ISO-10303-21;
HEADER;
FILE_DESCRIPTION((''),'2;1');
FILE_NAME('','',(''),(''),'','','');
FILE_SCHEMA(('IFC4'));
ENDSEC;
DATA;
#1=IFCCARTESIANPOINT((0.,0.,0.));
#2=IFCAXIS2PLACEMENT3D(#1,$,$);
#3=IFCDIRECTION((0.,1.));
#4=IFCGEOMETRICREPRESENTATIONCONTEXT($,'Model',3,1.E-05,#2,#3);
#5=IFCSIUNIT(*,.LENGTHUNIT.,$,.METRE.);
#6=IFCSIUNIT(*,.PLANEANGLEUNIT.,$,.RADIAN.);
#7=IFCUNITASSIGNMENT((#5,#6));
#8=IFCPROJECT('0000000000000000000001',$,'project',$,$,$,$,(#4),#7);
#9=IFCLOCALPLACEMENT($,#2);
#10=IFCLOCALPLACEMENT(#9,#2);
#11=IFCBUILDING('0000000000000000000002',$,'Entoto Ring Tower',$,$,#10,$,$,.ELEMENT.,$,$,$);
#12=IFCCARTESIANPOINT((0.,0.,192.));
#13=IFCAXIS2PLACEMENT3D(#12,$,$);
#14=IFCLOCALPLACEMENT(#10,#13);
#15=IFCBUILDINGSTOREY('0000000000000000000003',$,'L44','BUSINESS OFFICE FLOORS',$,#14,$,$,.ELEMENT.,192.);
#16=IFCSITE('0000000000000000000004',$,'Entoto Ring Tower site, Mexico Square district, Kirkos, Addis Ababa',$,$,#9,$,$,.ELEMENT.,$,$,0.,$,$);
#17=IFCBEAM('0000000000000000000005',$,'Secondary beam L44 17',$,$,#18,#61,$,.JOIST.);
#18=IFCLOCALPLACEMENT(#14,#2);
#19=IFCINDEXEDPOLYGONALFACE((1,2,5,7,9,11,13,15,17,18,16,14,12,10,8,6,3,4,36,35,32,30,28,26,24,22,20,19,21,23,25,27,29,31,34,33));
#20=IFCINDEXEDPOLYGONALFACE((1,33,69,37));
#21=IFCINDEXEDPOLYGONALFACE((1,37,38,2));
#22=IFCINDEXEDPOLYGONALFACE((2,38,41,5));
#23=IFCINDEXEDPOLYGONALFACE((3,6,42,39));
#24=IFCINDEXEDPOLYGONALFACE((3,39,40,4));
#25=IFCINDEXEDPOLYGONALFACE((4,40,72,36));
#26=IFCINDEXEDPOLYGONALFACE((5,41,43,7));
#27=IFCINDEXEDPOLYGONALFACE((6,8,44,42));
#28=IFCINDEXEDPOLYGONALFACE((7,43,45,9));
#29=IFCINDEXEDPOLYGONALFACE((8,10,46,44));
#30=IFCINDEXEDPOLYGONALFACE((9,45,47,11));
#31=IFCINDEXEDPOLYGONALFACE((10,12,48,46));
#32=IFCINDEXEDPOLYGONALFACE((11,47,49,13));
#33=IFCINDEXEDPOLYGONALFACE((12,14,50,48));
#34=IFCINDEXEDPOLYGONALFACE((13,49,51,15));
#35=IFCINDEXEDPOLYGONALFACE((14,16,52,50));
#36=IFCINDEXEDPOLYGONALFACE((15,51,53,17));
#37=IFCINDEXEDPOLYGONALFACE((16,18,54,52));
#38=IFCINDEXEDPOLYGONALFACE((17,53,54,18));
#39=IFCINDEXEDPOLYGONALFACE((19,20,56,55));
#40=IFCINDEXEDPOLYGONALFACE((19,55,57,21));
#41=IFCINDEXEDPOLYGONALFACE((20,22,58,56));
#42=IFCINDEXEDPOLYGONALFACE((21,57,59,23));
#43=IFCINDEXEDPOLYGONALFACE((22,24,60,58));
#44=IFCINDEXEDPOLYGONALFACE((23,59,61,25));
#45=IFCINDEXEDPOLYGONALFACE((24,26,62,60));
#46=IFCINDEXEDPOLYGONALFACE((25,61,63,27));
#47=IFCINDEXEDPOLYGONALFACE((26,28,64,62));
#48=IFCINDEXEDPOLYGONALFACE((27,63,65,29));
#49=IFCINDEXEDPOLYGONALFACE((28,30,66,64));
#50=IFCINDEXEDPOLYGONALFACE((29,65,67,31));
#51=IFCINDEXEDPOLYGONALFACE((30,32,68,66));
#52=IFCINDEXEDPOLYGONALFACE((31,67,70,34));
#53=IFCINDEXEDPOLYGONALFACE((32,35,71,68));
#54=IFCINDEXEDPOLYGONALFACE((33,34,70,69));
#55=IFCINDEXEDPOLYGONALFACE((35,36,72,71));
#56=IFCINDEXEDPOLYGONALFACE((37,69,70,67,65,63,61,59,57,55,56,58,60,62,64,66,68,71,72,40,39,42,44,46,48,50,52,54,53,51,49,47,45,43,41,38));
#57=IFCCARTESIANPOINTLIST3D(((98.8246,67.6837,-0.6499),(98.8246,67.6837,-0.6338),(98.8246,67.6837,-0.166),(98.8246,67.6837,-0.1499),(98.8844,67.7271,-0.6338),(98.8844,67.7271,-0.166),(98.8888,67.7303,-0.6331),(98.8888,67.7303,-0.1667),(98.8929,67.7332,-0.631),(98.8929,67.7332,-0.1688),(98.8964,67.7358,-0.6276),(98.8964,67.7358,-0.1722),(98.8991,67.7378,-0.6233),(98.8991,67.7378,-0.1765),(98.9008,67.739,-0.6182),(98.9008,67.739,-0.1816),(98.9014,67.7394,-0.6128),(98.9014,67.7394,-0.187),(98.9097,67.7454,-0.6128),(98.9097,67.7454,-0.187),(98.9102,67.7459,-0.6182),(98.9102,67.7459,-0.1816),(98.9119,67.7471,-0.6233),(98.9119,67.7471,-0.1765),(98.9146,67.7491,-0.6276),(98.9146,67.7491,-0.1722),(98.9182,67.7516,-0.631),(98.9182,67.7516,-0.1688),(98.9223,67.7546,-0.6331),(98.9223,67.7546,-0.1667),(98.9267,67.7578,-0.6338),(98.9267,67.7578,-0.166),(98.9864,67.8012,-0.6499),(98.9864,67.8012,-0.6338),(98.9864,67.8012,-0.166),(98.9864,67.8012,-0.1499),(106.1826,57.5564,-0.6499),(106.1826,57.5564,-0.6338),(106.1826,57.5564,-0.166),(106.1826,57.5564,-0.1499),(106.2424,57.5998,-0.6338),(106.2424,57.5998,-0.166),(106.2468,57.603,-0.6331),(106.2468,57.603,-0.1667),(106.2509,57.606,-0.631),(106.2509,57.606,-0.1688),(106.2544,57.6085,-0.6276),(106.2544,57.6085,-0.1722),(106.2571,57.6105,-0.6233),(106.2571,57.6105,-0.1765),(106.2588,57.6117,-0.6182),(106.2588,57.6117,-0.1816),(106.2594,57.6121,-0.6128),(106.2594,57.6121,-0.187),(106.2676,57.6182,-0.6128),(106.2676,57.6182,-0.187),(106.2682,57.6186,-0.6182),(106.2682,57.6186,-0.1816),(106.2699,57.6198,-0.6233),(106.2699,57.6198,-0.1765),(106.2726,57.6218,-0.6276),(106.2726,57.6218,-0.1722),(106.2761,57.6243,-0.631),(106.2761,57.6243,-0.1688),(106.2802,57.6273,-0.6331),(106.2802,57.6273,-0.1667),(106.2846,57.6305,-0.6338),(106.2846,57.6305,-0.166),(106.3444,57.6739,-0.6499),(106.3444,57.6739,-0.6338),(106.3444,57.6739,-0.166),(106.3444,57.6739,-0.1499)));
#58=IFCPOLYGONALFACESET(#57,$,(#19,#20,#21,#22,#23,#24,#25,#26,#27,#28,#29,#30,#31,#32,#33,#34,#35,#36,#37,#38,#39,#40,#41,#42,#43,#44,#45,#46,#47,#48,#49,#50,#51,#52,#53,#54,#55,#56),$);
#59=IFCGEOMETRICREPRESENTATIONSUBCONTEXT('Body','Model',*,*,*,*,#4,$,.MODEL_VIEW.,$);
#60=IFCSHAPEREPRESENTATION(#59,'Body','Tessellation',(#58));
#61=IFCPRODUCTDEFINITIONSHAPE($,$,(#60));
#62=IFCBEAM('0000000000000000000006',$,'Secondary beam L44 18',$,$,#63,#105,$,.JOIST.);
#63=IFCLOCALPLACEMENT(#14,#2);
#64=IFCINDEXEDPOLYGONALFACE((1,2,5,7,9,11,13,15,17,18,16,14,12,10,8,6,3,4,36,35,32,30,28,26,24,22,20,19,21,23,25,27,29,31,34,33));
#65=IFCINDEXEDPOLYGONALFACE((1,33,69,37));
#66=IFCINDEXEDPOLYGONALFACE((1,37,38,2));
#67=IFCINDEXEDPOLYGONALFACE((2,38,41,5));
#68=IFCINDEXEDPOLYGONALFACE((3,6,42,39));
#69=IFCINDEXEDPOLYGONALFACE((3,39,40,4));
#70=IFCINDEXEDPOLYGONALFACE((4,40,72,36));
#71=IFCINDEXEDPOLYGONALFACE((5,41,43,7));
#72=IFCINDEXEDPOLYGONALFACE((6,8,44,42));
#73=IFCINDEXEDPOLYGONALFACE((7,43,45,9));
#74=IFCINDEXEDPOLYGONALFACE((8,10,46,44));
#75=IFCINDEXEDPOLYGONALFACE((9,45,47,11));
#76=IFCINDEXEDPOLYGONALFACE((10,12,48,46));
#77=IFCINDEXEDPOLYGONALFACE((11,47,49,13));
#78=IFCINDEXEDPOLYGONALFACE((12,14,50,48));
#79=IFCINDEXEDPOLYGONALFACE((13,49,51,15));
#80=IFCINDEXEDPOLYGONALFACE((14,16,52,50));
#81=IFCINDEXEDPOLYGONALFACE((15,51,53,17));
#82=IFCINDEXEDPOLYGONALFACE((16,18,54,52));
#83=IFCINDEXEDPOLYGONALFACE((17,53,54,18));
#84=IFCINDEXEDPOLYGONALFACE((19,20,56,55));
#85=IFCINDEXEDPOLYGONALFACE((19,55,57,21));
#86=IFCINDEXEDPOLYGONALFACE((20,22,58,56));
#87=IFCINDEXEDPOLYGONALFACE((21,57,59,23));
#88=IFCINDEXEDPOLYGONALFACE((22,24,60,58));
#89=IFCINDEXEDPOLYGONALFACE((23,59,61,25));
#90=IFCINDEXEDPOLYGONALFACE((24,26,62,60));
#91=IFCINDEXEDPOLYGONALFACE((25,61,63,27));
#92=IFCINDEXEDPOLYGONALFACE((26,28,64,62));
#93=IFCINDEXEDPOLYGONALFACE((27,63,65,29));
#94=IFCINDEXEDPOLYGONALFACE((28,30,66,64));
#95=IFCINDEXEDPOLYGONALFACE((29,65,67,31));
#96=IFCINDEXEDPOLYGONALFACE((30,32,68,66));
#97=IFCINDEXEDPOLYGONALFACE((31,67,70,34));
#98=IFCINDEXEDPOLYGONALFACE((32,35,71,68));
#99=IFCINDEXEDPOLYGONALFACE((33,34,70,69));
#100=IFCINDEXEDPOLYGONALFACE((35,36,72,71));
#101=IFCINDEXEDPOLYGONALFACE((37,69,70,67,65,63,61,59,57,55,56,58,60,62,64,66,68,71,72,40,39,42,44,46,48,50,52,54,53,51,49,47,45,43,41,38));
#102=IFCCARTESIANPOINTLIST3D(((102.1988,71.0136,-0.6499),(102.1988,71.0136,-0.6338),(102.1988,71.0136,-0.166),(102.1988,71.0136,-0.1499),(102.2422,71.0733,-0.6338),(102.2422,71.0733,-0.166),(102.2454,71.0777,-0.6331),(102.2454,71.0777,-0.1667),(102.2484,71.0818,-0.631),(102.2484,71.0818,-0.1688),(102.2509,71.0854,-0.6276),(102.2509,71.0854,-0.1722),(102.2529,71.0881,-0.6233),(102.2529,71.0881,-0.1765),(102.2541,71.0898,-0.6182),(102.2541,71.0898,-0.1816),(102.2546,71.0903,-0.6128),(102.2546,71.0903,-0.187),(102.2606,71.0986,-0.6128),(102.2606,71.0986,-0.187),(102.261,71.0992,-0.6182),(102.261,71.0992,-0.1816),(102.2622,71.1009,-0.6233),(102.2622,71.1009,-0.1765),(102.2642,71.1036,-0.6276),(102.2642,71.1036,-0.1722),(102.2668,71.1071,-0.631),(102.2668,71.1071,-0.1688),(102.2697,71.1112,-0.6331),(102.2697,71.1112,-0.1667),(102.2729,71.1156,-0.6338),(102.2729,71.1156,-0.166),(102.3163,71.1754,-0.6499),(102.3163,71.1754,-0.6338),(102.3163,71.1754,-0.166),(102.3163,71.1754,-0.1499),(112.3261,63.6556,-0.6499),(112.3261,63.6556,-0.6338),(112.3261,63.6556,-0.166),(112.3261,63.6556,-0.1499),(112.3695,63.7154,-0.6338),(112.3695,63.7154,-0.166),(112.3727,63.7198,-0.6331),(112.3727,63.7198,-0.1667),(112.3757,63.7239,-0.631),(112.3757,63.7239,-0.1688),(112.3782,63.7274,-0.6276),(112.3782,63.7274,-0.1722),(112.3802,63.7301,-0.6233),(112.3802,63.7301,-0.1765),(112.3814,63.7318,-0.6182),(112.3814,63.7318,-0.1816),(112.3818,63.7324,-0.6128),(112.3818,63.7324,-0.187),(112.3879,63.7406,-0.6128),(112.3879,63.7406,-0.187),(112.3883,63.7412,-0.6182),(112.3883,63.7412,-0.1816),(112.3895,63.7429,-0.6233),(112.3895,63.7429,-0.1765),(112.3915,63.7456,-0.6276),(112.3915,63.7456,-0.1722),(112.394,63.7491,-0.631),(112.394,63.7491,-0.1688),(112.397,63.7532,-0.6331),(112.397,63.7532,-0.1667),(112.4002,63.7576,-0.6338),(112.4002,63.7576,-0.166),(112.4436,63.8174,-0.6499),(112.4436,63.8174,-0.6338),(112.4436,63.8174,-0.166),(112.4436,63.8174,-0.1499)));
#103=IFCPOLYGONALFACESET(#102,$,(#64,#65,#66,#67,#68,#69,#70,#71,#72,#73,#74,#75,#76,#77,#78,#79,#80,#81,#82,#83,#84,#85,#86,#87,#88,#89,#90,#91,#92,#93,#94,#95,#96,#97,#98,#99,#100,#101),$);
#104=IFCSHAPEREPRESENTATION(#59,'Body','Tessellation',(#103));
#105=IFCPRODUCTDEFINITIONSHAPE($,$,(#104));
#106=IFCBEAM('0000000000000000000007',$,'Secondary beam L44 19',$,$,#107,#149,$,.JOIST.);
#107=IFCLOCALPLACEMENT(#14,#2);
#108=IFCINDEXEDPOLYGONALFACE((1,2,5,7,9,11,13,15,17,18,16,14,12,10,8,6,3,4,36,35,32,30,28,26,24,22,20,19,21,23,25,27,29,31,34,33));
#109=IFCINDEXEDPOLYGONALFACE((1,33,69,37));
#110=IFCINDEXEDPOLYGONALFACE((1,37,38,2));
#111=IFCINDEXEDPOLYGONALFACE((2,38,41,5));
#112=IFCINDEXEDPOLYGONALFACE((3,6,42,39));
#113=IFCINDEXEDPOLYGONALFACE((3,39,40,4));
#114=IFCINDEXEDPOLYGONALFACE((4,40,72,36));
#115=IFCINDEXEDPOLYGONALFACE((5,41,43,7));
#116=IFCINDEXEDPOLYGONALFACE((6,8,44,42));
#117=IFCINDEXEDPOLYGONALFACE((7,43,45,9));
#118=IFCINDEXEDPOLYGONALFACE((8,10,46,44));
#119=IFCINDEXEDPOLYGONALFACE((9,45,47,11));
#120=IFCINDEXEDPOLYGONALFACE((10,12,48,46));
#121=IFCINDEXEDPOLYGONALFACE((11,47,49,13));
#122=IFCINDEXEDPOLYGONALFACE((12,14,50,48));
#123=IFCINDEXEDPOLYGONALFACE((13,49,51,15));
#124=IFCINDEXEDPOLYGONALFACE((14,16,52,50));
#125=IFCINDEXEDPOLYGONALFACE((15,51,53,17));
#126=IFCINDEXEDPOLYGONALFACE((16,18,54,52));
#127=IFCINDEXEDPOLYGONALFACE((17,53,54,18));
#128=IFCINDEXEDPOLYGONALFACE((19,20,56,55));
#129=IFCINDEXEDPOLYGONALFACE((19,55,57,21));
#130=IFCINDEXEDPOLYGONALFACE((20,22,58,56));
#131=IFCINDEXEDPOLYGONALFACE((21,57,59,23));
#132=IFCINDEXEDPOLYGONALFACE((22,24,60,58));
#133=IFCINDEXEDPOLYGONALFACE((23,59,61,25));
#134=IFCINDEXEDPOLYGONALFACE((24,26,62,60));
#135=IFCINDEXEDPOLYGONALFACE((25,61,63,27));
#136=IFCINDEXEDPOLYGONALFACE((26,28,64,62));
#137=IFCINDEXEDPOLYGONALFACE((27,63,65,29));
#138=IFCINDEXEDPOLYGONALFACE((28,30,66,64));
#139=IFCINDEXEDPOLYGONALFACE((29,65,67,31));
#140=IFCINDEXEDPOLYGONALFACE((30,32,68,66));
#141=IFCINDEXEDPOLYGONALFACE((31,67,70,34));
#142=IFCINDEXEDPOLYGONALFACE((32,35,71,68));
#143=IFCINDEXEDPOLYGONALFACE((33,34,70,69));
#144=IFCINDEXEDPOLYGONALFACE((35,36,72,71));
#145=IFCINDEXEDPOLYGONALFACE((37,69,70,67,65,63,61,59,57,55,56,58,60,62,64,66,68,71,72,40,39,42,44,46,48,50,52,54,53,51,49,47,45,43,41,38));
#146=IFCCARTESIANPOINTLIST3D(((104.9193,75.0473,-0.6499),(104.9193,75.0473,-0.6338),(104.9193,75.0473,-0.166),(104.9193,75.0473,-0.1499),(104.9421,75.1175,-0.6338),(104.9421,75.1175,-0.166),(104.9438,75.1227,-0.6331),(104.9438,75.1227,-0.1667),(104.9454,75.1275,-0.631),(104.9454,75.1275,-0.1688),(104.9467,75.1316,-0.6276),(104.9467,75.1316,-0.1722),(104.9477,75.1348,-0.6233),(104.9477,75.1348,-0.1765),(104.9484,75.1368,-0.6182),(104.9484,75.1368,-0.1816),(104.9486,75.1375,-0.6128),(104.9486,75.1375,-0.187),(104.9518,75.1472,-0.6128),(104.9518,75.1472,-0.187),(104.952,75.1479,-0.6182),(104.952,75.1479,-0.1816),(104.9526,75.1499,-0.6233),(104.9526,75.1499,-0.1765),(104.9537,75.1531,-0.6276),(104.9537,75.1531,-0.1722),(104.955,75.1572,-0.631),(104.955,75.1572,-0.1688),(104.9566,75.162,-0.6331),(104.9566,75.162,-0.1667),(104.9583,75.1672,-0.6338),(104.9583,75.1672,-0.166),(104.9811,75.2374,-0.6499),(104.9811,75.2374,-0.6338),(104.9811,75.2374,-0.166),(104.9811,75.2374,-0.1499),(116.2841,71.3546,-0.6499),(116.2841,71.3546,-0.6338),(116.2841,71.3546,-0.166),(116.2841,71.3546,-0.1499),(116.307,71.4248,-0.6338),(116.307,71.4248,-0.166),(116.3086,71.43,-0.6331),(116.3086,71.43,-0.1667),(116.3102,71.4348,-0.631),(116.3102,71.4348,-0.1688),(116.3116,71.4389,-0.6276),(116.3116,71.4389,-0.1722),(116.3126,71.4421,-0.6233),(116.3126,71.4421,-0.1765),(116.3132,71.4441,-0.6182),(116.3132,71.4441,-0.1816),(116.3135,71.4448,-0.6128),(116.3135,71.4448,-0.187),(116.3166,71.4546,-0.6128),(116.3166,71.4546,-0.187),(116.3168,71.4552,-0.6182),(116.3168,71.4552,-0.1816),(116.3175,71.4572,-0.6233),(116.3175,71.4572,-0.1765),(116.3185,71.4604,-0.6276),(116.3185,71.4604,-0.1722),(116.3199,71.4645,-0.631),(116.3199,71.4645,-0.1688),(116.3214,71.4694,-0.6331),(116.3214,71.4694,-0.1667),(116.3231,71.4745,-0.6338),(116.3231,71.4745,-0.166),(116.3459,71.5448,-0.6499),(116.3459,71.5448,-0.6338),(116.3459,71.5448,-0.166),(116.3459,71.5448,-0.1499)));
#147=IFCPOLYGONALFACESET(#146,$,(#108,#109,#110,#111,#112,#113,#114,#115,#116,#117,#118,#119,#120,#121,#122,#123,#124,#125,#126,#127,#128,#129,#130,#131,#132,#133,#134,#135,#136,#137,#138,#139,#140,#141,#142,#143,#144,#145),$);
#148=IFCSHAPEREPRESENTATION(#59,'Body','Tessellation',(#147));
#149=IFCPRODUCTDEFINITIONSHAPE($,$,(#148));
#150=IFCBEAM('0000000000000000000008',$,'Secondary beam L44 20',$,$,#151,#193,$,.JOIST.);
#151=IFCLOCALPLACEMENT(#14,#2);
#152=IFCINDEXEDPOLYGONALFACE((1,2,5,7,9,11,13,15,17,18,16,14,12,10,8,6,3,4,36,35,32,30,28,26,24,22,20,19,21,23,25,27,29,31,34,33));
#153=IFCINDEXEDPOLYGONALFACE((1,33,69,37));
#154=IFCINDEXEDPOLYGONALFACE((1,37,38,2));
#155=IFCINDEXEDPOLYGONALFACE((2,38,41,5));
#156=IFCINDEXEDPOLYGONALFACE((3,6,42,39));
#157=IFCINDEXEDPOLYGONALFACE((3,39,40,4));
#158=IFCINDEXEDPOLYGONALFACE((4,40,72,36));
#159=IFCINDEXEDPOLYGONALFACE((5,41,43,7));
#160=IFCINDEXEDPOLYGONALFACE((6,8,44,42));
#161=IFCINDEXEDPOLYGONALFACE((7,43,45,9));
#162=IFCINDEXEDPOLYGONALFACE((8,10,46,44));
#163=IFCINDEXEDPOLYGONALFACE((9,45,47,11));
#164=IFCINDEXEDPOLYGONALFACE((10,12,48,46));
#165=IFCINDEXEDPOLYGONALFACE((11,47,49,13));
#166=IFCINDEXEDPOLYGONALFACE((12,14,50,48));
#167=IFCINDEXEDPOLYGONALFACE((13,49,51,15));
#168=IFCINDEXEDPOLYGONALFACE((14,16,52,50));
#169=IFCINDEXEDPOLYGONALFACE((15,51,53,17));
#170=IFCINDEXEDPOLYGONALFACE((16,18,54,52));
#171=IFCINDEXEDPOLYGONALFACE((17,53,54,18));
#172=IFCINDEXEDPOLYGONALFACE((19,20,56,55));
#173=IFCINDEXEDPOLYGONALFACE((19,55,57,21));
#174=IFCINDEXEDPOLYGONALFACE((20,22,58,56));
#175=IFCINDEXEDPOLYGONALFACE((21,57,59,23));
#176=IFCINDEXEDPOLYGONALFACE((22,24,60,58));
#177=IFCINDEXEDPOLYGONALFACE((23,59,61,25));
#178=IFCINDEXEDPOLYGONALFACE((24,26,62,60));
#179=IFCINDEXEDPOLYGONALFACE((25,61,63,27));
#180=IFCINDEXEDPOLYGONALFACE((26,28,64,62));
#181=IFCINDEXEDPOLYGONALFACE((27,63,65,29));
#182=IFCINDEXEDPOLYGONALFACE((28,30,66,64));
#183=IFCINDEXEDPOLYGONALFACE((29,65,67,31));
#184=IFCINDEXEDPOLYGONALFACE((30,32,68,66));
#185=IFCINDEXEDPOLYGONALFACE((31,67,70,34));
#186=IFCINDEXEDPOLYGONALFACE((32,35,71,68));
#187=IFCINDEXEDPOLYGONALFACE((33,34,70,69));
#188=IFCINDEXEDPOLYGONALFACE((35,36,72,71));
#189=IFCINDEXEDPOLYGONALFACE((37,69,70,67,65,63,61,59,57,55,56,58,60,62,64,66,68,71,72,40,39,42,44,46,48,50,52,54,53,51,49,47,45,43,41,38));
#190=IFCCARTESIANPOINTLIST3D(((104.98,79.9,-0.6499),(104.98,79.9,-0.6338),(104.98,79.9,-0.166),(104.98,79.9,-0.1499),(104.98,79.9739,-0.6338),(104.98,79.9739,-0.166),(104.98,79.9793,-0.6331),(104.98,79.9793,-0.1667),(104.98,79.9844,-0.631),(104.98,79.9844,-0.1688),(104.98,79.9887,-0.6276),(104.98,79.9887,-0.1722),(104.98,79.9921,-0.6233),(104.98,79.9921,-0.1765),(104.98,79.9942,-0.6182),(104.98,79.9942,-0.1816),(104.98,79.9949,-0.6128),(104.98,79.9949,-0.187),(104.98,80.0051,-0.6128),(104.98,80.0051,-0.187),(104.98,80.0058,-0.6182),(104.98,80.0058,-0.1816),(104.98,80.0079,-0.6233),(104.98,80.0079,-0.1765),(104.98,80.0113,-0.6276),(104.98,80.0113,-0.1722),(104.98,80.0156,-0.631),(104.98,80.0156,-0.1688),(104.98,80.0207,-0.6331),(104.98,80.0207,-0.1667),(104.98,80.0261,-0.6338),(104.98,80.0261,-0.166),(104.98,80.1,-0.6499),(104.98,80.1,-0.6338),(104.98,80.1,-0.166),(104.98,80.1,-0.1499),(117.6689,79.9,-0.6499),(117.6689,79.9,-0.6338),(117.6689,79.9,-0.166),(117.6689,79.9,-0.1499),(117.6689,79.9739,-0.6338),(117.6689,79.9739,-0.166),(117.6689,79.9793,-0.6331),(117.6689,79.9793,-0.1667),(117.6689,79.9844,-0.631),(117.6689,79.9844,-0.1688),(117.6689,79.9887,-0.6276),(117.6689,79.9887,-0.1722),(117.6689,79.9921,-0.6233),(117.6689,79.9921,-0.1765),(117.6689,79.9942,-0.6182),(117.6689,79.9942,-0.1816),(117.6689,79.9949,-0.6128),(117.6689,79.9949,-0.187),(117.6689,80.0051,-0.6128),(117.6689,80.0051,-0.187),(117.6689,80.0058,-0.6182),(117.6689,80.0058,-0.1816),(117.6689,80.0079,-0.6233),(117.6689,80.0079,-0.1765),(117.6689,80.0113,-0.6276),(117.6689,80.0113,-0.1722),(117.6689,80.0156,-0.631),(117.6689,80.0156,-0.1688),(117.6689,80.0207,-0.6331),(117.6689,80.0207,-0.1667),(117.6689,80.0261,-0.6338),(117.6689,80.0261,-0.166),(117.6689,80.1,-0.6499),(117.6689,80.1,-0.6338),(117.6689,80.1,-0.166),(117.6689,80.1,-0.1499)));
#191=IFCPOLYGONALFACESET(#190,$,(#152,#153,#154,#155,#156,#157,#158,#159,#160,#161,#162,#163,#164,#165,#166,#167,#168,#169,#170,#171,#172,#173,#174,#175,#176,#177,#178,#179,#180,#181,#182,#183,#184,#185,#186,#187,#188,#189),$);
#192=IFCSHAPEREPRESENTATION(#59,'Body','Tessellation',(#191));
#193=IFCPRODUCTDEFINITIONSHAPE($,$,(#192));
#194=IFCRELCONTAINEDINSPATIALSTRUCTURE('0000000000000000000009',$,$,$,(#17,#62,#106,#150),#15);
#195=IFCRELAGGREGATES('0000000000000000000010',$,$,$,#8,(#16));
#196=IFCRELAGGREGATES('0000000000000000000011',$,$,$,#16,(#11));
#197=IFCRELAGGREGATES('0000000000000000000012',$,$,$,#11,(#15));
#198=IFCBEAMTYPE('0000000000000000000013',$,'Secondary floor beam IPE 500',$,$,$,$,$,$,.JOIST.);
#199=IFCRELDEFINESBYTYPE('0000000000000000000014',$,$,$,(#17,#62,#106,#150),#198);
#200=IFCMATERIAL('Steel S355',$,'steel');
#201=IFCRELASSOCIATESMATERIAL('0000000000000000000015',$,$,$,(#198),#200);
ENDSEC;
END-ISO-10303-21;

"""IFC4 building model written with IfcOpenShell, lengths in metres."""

from ifc_helpers import new_model, si_unit, direction, frame, origin, origin_2d, place, context, subcontext, project, spatial, i_section, extrude, material, material_profile, profile_set, type_object, element, save


model = new_model("IFC4")

# Units and contexts
model_context = context("Model", 3, precision=1e-05, world=origin(), true_north=direction((0.0, 1.0)))
body_context = subcontext(model_context, "Body", "Model", "MODEL_VIEW")
ifc_project = project(units=[si_unit("LENGTHUNIT", "METRE"), si_unit("PLANEANGLEUNIT", "RADIAN")], contexts=[model_context])

# Site, building, storey
site_placement = place(None, origin())
site = spatial("IfcSite", under=ifc_project, at=site_placement, Name="Entoto Ring Tower site, Mexico Square district, Kirkos, Addis Ababa", CompositionType="ELEMENT", RefElevation=0.0)
building_placement = place(site_placement, origin())
building = spatial("IfcBuilding", under=site, at=building_placement, Name="Entoto Ring Tower", CompositionType="ELEMENT")
storey_placement = place(building_placement, frame((0.0, 0.0, 192.0)))
storey = spatial("IfcBuildingStorey", under=building, at=storey_placement, Name="L44", Description="BUSINESS OFFICE FLOORS", CompositionType="ELEMENT", Elevation=192.0)

# Beams
ifc_material_1 = material(Name="Steel S355", Category="steel")
ifc_material_profile_1 = material_profile(ifc_material_1, i_section(OverallWidth=0.2, OverallDepth=0.5, WebThickness=0.0103, FlangeThickness=0.0161, FilletRadius=0.021, at=origin_2d()), Name="IPE 500")
ifc_profile_set_1 = profile_set([ifc_material_profile_1], Name="Steel S355")
beam_type_1 = type_object("IfcBeamType", Name="Secondary floor beam IPE 500", PredefinedType="JOIST", material=ifc_profile_set_1)
for number, where, z_axis, x_axis, name in (
    (1, (98.9055, 67.7424, -0.3999), (0.587789, -0.809014, 0.0), (0.809014, 0.587789, 0.0), "Secondary beam L44 17"),
    (2, (102.2576, 71.0945, -0.3999), (0.809014, -0.587789, 0.0), (0.587789, 0.809014, 0.0), "Secondary beam L44 18"),
):
    element("IfcBeam", number, at=place(storey_placement, frame(where, z_axis=z_axis, x_axis=x_axis)), inside=storey, type_object=beam_type_1, Name=name, PredefinedType="JOIST", context=body_context, shape_type="SweptSolid", body=[
        extrude(i_section(OverallWidth=0.2, OverallDepth=0.5, WebThickness=0.0103, FlangeThickness=0.0161, FilletRadius=0.021, at=origin_2d()), origin(), (0.0, 0.0, 1.0), 12.5181),
    ])
beam_1_placement = place(storey_placement, frame((104.9502, 75.1423, -0.3999), z_axis=(0.951057, -0.309017, 0.0), x_axis=(0.309017, 0.951057, 0.0)))
element("IfcBeam", 3, at=beam_1_placement, inside=storey, type_object=beam_type_1, Name="Secondary beam L44 19", PredefinedType="JOIST", context=body_context, shape_type="SweptSolid", body=[
    extrude(i_section(OverallWidth=0.2, OverallDepth=0.5, WebThickness=0.0103, FlangeThickness=0.0161, FilletRadius=0.021, at=origin_2d()), origin(), (0.0, 0.0, 1.0), 11.9497),
])
beam_2_placement = place(storey_placement, frame((104.98, 80.0, -0.3999), z_axis=(1.0, 0.0, 0.0), x_axis=(0.0, 1.0, 0.0)))
element("IfcBeam", 4, at=beam_2_placement, inside=storey, type_object=beam_type_1, Name="Secondary beam L44 20", PredefinedType="JOIST", context=body_context, shape_type="SweptSolid", body=[
    extrude(i_section(OverallWidth=0.2, OverallDepth=0.5, WebThickness=0.0103, FlangeThickness=0.0161, FilletRadius=0.021, at=origin_2d()), origin(), (0.0, 0.0, 1.0), 12.689),
])

save(model, "model.ifc")
